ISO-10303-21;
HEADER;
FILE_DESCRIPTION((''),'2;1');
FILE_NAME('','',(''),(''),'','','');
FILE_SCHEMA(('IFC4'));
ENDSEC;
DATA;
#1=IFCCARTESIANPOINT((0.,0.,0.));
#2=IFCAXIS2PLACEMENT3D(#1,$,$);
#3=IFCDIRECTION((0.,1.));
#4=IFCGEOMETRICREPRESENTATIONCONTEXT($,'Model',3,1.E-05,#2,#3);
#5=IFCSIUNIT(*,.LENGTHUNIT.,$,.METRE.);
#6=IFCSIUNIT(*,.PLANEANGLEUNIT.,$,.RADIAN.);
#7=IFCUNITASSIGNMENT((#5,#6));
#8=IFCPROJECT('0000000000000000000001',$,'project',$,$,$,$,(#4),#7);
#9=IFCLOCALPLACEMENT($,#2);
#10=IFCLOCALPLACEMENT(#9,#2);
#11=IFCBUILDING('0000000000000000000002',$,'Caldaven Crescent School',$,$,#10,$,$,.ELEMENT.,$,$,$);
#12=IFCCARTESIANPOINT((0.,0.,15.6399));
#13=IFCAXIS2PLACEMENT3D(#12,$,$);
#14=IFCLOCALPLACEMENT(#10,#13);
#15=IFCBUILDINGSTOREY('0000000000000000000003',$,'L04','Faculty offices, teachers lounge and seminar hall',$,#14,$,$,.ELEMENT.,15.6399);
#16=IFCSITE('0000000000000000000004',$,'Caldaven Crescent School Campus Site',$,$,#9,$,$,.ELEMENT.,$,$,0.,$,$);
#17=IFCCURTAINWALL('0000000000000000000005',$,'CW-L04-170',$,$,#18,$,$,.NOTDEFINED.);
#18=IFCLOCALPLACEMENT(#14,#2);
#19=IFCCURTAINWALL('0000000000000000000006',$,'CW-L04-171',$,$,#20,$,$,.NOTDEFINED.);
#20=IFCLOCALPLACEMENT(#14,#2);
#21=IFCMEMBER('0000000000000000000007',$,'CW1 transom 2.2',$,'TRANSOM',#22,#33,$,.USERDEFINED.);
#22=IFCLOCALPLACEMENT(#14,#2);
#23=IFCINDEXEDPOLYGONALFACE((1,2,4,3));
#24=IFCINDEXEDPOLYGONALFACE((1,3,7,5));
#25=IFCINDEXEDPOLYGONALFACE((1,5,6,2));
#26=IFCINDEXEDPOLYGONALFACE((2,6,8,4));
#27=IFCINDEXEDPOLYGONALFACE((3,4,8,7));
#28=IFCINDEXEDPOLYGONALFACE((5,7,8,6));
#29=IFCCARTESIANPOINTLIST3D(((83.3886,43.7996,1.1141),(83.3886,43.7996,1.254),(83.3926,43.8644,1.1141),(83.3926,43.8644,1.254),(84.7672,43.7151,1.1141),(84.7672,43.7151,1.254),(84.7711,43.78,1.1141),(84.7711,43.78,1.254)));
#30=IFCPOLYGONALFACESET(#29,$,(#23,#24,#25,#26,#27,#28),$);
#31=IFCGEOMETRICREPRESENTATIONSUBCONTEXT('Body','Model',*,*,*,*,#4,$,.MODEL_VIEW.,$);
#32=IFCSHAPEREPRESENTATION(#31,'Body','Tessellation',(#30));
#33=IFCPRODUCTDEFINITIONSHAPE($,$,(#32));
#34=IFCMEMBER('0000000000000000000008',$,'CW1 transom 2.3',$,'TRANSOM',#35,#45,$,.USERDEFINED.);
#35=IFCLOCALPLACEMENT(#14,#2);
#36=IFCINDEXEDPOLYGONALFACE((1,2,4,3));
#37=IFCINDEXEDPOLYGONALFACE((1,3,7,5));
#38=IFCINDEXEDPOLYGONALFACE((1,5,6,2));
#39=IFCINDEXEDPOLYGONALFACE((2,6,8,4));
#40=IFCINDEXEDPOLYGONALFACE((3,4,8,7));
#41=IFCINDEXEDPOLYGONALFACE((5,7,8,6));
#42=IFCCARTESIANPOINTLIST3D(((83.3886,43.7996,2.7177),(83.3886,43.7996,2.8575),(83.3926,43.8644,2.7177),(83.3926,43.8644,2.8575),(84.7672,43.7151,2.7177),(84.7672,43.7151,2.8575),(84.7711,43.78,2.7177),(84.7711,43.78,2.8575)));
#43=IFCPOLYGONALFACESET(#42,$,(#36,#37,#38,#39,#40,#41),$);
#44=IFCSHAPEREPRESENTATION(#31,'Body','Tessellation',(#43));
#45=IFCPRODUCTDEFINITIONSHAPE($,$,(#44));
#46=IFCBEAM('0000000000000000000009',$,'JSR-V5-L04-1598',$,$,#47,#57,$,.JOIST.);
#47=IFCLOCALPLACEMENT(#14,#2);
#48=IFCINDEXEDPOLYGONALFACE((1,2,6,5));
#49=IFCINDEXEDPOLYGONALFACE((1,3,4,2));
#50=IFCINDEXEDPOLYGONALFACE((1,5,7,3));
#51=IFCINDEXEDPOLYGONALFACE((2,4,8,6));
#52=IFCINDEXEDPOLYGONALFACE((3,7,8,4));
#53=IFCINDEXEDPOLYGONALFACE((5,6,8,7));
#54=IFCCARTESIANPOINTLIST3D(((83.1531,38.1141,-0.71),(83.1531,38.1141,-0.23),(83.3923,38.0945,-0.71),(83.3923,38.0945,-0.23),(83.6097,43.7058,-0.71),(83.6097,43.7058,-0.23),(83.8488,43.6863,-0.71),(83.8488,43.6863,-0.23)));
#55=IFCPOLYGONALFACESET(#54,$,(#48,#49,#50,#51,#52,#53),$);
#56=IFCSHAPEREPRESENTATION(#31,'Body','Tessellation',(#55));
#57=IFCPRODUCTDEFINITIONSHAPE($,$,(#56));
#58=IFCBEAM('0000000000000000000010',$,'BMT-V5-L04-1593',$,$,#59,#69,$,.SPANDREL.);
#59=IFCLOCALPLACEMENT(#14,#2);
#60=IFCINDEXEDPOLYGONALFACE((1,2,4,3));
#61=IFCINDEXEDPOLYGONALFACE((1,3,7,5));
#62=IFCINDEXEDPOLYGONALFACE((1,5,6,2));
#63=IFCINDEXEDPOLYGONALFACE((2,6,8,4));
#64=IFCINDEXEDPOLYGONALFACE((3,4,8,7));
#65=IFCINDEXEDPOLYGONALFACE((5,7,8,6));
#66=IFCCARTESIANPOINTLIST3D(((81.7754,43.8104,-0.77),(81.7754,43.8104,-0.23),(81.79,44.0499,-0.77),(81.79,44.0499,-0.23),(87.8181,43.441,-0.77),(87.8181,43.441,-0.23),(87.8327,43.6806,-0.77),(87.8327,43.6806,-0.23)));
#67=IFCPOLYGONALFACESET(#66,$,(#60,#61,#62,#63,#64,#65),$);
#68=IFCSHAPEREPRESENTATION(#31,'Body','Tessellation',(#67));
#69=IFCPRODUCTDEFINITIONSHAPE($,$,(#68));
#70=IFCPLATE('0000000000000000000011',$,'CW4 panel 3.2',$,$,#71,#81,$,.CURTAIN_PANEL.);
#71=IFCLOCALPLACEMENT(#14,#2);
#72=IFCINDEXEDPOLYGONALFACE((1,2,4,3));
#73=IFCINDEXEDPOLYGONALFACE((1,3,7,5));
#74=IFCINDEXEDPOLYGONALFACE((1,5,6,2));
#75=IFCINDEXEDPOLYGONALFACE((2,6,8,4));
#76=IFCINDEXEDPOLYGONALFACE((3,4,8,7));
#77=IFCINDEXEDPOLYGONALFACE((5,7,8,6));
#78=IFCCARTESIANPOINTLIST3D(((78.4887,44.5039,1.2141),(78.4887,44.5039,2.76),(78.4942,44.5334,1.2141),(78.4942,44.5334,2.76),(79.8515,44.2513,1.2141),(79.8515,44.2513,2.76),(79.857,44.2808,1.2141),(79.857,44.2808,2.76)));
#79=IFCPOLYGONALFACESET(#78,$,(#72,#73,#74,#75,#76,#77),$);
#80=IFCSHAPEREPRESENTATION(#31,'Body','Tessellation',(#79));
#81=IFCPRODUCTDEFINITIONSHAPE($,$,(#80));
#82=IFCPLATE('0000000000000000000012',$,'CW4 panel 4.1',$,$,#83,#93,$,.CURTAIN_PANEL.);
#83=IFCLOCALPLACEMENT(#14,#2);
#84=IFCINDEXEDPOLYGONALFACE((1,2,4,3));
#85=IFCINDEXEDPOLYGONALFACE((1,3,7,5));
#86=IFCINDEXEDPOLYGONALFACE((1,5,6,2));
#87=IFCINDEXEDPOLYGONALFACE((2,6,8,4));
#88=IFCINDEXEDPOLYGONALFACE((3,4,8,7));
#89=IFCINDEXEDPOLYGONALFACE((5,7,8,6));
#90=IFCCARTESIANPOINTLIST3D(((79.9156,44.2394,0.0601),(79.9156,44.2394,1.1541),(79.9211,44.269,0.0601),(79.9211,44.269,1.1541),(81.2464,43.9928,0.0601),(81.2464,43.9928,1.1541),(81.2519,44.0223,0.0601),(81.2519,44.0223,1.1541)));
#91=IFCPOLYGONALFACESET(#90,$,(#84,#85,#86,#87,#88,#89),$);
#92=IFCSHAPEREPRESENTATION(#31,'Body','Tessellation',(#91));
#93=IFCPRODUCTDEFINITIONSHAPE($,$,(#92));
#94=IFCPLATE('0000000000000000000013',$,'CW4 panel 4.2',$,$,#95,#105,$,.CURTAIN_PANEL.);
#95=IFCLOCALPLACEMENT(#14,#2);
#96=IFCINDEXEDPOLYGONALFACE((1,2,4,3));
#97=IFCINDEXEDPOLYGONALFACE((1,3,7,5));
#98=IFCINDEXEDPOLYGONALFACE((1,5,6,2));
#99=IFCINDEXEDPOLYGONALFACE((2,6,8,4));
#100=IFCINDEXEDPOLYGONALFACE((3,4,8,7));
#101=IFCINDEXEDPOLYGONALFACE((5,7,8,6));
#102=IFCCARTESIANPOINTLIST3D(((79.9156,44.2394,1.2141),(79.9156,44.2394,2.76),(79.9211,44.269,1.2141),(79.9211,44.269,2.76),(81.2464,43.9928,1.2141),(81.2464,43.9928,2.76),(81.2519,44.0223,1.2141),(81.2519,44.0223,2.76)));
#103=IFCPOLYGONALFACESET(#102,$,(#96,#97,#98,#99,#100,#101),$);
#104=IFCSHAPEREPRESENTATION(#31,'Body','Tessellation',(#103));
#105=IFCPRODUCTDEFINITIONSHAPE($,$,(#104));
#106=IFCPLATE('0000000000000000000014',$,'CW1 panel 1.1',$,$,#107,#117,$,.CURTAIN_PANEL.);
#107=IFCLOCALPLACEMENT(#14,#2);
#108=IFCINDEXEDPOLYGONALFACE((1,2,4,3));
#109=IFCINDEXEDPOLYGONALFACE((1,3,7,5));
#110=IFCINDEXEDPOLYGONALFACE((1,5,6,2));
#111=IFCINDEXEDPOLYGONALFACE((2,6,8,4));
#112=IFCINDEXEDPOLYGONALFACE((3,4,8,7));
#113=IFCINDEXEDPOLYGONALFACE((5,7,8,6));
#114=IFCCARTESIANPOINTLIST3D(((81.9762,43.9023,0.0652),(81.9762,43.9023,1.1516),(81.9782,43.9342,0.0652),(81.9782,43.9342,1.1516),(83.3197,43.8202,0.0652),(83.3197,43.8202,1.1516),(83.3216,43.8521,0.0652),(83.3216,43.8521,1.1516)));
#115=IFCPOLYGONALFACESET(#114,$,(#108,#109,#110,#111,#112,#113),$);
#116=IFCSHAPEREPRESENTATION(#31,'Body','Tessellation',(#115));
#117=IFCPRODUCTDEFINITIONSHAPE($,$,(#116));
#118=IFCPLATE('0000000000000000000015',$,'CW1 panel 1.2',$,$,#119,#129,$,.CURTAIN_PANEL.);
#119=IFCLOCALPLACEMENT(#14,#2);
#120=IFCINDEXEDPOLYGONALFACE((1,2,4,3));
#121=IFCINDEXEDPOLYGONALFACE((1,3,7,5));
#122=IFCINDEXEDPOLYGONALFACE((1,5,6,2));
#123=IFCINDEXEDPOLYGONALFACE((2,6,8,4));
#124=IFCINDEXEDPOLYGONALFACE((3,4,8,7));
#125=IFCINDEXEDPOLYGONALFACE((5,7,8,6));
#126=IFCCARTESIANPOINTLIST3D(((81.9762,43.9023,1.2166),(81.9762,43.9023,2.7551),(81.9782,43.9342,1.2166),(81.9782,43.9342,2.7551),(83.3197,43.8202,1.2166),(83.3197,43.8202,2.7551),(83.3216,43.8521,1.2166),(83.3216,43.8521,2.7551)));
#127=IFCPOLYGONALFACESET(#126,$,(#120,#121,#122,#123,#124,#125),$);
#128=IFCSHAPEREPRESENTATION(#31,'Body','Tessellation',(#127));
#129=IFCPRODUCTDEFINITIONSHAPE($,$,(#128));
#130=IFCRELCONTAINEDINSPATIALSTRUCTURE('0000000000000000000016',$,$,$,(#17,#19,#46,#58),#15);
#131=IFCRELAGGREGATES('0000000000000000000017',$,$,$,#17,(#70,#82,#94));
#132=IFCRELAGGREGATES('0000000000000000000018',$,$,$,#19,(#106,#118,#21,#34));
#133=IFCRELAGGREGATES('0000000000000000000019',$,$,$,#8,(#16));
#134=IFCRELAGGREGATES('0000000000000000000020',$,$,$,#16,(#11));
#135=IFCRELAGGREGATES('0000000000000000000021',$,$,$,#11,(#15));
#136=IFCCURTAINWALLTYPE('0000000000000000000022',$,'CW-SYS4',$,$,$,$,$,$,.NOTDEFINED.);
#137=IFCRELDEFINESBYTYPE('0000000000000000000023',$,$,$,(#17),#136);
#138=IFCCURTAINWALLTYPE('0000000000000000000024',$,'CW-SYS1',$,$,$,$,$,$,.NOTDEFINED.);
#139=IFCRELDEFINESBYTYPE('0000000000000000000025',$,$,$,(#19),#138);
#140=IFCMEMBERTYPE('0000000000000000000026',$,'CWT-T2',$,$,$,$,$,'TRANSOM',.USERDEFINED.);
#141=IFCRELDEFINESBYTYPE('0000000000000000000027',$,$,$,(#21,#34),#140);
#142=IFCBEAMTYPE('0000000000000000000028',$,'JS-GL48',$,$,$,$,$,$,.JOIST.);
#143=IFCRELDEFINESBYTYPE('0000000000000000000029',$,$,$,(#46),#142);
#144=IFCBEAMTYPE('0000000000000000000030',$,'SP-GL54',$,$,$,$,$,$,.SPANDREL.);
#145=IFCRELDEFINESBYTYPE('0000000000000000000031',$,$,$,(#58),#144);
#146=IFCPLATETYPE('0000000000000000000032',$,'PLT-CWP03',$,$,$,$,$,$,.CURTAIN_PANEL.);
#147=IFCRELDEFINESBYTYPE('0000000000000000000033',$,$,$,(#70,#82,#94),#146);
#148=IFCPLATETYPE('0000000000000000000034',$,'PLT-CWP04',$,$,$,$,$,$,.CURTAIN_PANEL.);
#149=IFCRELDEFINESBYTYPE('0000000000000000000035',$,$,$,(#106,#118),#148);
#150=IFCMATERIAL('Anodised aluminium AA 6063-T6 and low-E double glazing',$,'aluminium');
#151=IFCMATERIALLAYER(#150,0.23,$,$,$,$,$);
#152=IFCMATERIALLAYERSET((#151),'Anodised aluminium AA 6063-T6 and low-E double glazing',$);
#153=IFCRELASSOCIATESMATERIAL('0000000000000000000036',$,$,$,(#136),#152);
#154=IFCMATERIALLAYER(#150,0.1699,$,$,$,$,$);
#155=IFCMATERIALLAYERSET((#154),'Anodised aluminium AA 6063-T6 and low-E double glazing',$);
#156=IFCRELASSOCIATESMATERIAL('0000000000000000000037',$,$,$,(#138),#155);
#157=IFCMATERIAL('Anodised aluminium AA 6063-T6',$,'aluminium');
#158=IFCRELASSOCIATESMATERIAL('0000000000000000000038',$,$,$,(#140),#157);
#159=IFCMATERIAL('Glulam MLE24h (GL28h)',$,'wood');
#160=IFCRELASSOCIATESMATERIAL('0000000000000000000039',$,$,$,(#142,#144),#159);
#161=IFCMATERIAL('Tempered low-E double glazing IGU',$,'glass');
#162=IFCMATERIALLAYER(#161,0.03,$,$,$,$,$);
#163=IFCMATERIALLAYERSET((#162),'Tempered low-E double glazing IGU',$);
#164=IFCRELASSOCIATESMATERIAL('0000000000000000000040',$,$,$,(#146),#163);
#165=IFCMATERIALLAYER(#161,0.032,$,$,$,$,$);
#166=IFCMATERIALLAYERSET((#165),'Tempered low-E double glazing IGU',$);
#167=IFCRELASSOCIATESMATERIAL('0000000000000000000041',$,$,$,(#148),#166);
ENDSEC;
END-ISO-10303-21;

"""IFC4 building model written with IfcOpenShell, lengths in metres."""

from ifc_helpers import new_model, si_unit, direction, frame, origin, origin_2d, place, context, subcontext, project, spatial, rectangle, extrude, material, layer, layer_set, material_profile, profile_set, type_object, element, aggregate, save


model = new_model("IFC4")

# Units and contexts
model_context = context("Model", 3, precision=1e-05, world=origin(), true_north=direction((0.0, 1.0)))
body_context = subcontext(model_context, "Body", "Model", "MODEL_VIEW")
ifc_project = project(units=[si_unit("LENGTHUNIT", "METRE"), si_unit("PLANEANGLEUNIT", "RADIAN")], contexts=[model_context])

# Site, building, storey
site_placement = place(None, origin())
site = spatial("IfcSite", under=ifc_project, at=site_placement, Name="Caldaven Crescent School Campus Site", CompositionType="ELEMENT", RefElevation=0.0)
building_placement = place(site_placement, origin())
building = spatial("IfcBuilding", under=site, at=building_placement, Name="Caldaven Crescent School", CompositionType="ELEMENT")
storey_placement = place(building_placement, frame((0.0, 0.0, 15.6399)))
storey = spatial("IfcBuildingStorey", under=building, at=storey_placement, Name="L04", Description="Faculty offices, teachers lounge and seminar hall", CompositionType="ELEMENT", Elevation=15.6399)

# Shared definitions
ifc_material_1 = material(Name="Glulam MLE24h (GL28h)", Category="wood")

# Curtain walls
ifc_material_2 = material(Name="Anodised aluminium AA 6063-T6 and low-E double glazing", Category="aluminium")
ifc_layer_1 = layer(ifc_material_2, 0.23)
ifc_layer_set_1 = layer_set([ifc_layer_1], Name="Anodised aluminium AA 6063-T6 and low-E double glazing")
curtain_wall_type_1 = type_object("IfcCurtainWallType", Name="CW-SYS4", PredefinedType="NOTDEFINED", material=ifc_layer_set_1)
curtain_wall_1_placement = place(storey_placement, origin())
curtain_wall_1 = element("IfcCurtainWall", 1, at=curtain_wall_1_placement, inside=storey, type_object=curtain_wall_type_1, Name="CW-L04-170", PredefinedType="NOTDEFINED")
ifc_material_3 = material(Name="Anodised aluminium AA 6063-T6", Category="aluminium")
ifc_layer_2 = layer(ifc_material_2, 0.1699)
ifc_layer_set_2 = layer_set([ifc_layer_2], Name="Anodised aluminium AA 6063-T6 and low-E double glazing")
curtain_wall_type_2 = type_object("IfcCurtainWallType", Name="CW-SYS1", PredefinedType="NOTDEFINED", material=ifc_layer_set_2)
curtain_wall_2_placement = place(storey_placement, origin())
curtain_wall_2 = element("IfcCurtainWall", 2, at=curtain_wall_2_placement, inside=storey, type_object=curtain_wall_type_2, Name="CW-L04-171", PredefinedType="NOTDEFINED")

# Members
ifc_material_profile_1 = material_profile(ifc_material_3, rectangle(XDim=0.0649, YDim=0.1399, at=origin_2d()), Name="CWT 65x140")
ifc_profile_set_1 = profile_set([ifc_material_profile_1], Name="Anodised aluminium AA 6063-T6")
member_type_1 = type_object("IfcMemberType", Name="CWT-T2", ElementType="TRANSOM", PredefinedType="USERDEFINED", material=ifc_profile_set_1)
member_1_placement = place(storey_placement, frame((83.3906, 43.832, 1.1841), z_axis=(0.998128, -0.061168, 0.0), x_axis=(0.061168, 0.998128, 0.0)))
member_1 = element("IfcMember", 3, at=member_1_placement, type_object=member_type_1, Name="CW1 transom 2.2", ObjectType="TRANSOM", PredefinedType="USERDEFINED", context=body_context, shape_type="SweptSolid", body=[
    extrude(rectangle(XDim=0.0649, YDim=0.1399, at=origin_2d()), origin(), (0.0, 0.0, 1.0), 1.3811),
])
member_2_placement = place(storey_placement, frame((83.3906, 43.832, 2.7876), z_axis=(0.998128, -0.061168, 0.0), x_axis=(0.061168, 0.998128, 0.0)))
member_2 = element("IfcMember", 4, at=member_2_placement, type_object=member_type_1, Name="CW1 transom 2.3", ObjectType="TRANSOM", PredefinedType="USERDEFINED", context=body_context, shape_type="SweptSolid", body=[
    extrude(rectangle(XDim=0.0649, YDim=0.1399, at=origin_2d()), origin(), (0.0, 0.0, 1.0), 1.3811),
])

# Beams
ifc_material_profile_2 = material_profile(ifc_material_1, rectangle(XDim=0.24, YDim=0.48, at=origin_2d()), Name="MLE 240x480")
ifc_profile_set_2 = profile_set([ifc_material_profile_2], Name="Glulam MLE24h (GL28h)")
beam_type_1 = type_object("IfcBeamType", Name="JS-GL48", PredefinedType="JOIST", material=ifc_profile_set_2)
beam_1_placement = place(storey_placement, frame((83.7292, 43.696, -0.47), z_axis=(-0.081374, -0.996684, 0.0), x_axis=(0.996684, -0.081374, 0.0)))
element("IfcBeam", 5, at=beam_1_placement, inside=storey, type_object=beam_type_1, Name="JSR-V5-L04-1598", PredefinedType="JOIST", context=body_context, shape_type="SweptSolid", body=[
    extrude(rectangle(XDim=0.24, YDim=0.48, at=origin_2d()), origin(), (0.0, 0.0, 1.0), 5.6104),
])
ifc_material_profile_3 = material_profile(ifc_material_1, rectangle(XDim=0.24, YDim=0.54, at=origin_2d()), Name="MLE 240x540")
ifc_profile_set_3 = profile_set([ifc_material_profile_3], Name="Glulam MLE24h (GL28h)")
beam_type_2 = type_object("IfcBeamType", Name="SP-GL54", PredefinedType="SPANDREL", material=ifc_profile_set_3)
beam_2_placement = place(storey_placement, frame((81.7827, 43.9302, -0.5), z_axis=(0.998137, -0.061015, 0.0), x_axis=(0.061015, 0.998137, 0.0)))
element("IfcBeam", 6, at=beam_2_placement, inside=storey, type_object=beam_type_2, Name="BMT-V5-L04-1593", PredefinedType="SPANDREL", context=body_context, shape_type="SweptSolid", body=[
    extrude(rectangle(XDim=0.24, YDim=0.54, at=origin_2d()), origin(), (0.0, 0.0, 1.0), 6.054),
])

# Plates
ifc_material_4 = material(Name="Tempered low-E double glazing IGU", Category="glass")
ifc_layer_3 = layer(ifc_material_4, 0.03)
ifc_layer_set_3 = layer_set([ifc_layer_3], Name="Tempered low-E double glazing IGU")
plate_type_1 = type_object("IfcPlateType", Name="PLT-CWP03", PredefinedType="CURTAIN_PANEL", material=ifc_layer_set_3)
plate_1_placement = place(storey_placement, frame((79.1729, 44.3923, 1.2141), z_axis=(0.0, 0.0, 1.0), x_axis=(0.983255, -0.182236, 0.0)))
plate_1 = element("IfcPlate", 7, at=plate_1_placement, type_object=plate_type_1, Name="CW4 panel 3.2", PredefinedType="CURTAIN_PANEL", context=body_context, shape_type="SweptSolid", body=[
    extrude(rectangle(XDim=1.386, YDim=0.03, at=origin_2d()), origin(), (0.0, 0.0, 1.0), 1.5459),
])
plate_2_placement = place(storey_placement, frame((80.5837, 44.1309, 0.0601), z_axis=(0.0, 0.0, 1.0), x_axis=(0.983255, -0.182236, 0.0)))
plate_2 = element("IfcPlate", 8, at=plate_2_placement, type_object=plate_type_1, Name="CW4 panel 4.1", PredefinedType="CURTAIN_PANEL", context=body_context, shape_type="SweptSolid", body=[
    extrude(rectangle(XDim=1.3535, YDim=0.03, at=origin_2d()), origin(), (0.0, 0.0, 1.0), 1.094),
])
plate_3_placement = place(storey_placement, frame((80.5837, 44.1309, 1.2141), z_axis=(0.0, 0.0, 1.0), x_axis=(0.983255, -0.182236, 0.0)))
plate_3 = element("IfcPlate", 9, at=plate_3_placement, type_object=plate_type_1, Name="CW4 panel 4.2", PredefinedType="CURTAIN_PANEL", context=body_context, shape_type="SweptSolid", body=[
    extrude(rectangle(XDim=1.3535, YDim=0.03, at=origin_2d()), origin(), (0.0, 0.0, 1.0), 1.5459),
])
aggregate(curtain_wall_1, [plate_1, plate_2, plate_3])
ifc_layer_4 = layer(ifc_material_4, 0.032)
ifc_layer_set_4 = layer_set([ifc_layer_4], Name="Tempered low-E double glazing IGU")
plate_type_2 = type_object("IfcPlateType", Name="PLT-CWP04", PredefinedType="CURTAIN_PANEL", material=ifc_layer_set_4)
plate_4_placement = place(storey_placement, frame((82.6489, 43.8772, 0.0652), z_axis=(0.0, 0.0, 1.0), x_axis=(0.998135, -0.061049, 0.0)))
plate_4 = element("IfcPlate", 10, at=plate_4_placement, type_object=plate_type_2, Name="CW1 panel 1.1", PredefinedType="CURTAIN_PANEL", context=body_context, shape_type="SweptSolid", body=[
    extrude(rectangle(XDim=1.3459, YDim=0.032, at=origin_2d()), origin(), (0.0, 0.0, 1.0), 1.0864),
])
plate_5_placement = place(storey_placement, frame((82.6489, 43.8772, 1.2166), z_axis=(0.0, 0.0, 1.0), x_axis=(0.998135, -0.061049, 0.0)))
plate_5 = element("IfcPlate", 11, at=plate_5_placement, type_object=plate_type_2, Name="CW1 panel 1.2", PredefinedType="CURTAIN_PANEL", context=body_context, shape_type="SweptSolid", body=[
    extrude(rectangle(XDim=1.3459, YDim=0.032, at=origin_2d()), origin(), (0.0, 0.0, 1.0), 1.5386),
])
aggregate(curtain_wall_2, [plate_4, plate_5, member_1, member_2])

save(model, "model.ifc")
